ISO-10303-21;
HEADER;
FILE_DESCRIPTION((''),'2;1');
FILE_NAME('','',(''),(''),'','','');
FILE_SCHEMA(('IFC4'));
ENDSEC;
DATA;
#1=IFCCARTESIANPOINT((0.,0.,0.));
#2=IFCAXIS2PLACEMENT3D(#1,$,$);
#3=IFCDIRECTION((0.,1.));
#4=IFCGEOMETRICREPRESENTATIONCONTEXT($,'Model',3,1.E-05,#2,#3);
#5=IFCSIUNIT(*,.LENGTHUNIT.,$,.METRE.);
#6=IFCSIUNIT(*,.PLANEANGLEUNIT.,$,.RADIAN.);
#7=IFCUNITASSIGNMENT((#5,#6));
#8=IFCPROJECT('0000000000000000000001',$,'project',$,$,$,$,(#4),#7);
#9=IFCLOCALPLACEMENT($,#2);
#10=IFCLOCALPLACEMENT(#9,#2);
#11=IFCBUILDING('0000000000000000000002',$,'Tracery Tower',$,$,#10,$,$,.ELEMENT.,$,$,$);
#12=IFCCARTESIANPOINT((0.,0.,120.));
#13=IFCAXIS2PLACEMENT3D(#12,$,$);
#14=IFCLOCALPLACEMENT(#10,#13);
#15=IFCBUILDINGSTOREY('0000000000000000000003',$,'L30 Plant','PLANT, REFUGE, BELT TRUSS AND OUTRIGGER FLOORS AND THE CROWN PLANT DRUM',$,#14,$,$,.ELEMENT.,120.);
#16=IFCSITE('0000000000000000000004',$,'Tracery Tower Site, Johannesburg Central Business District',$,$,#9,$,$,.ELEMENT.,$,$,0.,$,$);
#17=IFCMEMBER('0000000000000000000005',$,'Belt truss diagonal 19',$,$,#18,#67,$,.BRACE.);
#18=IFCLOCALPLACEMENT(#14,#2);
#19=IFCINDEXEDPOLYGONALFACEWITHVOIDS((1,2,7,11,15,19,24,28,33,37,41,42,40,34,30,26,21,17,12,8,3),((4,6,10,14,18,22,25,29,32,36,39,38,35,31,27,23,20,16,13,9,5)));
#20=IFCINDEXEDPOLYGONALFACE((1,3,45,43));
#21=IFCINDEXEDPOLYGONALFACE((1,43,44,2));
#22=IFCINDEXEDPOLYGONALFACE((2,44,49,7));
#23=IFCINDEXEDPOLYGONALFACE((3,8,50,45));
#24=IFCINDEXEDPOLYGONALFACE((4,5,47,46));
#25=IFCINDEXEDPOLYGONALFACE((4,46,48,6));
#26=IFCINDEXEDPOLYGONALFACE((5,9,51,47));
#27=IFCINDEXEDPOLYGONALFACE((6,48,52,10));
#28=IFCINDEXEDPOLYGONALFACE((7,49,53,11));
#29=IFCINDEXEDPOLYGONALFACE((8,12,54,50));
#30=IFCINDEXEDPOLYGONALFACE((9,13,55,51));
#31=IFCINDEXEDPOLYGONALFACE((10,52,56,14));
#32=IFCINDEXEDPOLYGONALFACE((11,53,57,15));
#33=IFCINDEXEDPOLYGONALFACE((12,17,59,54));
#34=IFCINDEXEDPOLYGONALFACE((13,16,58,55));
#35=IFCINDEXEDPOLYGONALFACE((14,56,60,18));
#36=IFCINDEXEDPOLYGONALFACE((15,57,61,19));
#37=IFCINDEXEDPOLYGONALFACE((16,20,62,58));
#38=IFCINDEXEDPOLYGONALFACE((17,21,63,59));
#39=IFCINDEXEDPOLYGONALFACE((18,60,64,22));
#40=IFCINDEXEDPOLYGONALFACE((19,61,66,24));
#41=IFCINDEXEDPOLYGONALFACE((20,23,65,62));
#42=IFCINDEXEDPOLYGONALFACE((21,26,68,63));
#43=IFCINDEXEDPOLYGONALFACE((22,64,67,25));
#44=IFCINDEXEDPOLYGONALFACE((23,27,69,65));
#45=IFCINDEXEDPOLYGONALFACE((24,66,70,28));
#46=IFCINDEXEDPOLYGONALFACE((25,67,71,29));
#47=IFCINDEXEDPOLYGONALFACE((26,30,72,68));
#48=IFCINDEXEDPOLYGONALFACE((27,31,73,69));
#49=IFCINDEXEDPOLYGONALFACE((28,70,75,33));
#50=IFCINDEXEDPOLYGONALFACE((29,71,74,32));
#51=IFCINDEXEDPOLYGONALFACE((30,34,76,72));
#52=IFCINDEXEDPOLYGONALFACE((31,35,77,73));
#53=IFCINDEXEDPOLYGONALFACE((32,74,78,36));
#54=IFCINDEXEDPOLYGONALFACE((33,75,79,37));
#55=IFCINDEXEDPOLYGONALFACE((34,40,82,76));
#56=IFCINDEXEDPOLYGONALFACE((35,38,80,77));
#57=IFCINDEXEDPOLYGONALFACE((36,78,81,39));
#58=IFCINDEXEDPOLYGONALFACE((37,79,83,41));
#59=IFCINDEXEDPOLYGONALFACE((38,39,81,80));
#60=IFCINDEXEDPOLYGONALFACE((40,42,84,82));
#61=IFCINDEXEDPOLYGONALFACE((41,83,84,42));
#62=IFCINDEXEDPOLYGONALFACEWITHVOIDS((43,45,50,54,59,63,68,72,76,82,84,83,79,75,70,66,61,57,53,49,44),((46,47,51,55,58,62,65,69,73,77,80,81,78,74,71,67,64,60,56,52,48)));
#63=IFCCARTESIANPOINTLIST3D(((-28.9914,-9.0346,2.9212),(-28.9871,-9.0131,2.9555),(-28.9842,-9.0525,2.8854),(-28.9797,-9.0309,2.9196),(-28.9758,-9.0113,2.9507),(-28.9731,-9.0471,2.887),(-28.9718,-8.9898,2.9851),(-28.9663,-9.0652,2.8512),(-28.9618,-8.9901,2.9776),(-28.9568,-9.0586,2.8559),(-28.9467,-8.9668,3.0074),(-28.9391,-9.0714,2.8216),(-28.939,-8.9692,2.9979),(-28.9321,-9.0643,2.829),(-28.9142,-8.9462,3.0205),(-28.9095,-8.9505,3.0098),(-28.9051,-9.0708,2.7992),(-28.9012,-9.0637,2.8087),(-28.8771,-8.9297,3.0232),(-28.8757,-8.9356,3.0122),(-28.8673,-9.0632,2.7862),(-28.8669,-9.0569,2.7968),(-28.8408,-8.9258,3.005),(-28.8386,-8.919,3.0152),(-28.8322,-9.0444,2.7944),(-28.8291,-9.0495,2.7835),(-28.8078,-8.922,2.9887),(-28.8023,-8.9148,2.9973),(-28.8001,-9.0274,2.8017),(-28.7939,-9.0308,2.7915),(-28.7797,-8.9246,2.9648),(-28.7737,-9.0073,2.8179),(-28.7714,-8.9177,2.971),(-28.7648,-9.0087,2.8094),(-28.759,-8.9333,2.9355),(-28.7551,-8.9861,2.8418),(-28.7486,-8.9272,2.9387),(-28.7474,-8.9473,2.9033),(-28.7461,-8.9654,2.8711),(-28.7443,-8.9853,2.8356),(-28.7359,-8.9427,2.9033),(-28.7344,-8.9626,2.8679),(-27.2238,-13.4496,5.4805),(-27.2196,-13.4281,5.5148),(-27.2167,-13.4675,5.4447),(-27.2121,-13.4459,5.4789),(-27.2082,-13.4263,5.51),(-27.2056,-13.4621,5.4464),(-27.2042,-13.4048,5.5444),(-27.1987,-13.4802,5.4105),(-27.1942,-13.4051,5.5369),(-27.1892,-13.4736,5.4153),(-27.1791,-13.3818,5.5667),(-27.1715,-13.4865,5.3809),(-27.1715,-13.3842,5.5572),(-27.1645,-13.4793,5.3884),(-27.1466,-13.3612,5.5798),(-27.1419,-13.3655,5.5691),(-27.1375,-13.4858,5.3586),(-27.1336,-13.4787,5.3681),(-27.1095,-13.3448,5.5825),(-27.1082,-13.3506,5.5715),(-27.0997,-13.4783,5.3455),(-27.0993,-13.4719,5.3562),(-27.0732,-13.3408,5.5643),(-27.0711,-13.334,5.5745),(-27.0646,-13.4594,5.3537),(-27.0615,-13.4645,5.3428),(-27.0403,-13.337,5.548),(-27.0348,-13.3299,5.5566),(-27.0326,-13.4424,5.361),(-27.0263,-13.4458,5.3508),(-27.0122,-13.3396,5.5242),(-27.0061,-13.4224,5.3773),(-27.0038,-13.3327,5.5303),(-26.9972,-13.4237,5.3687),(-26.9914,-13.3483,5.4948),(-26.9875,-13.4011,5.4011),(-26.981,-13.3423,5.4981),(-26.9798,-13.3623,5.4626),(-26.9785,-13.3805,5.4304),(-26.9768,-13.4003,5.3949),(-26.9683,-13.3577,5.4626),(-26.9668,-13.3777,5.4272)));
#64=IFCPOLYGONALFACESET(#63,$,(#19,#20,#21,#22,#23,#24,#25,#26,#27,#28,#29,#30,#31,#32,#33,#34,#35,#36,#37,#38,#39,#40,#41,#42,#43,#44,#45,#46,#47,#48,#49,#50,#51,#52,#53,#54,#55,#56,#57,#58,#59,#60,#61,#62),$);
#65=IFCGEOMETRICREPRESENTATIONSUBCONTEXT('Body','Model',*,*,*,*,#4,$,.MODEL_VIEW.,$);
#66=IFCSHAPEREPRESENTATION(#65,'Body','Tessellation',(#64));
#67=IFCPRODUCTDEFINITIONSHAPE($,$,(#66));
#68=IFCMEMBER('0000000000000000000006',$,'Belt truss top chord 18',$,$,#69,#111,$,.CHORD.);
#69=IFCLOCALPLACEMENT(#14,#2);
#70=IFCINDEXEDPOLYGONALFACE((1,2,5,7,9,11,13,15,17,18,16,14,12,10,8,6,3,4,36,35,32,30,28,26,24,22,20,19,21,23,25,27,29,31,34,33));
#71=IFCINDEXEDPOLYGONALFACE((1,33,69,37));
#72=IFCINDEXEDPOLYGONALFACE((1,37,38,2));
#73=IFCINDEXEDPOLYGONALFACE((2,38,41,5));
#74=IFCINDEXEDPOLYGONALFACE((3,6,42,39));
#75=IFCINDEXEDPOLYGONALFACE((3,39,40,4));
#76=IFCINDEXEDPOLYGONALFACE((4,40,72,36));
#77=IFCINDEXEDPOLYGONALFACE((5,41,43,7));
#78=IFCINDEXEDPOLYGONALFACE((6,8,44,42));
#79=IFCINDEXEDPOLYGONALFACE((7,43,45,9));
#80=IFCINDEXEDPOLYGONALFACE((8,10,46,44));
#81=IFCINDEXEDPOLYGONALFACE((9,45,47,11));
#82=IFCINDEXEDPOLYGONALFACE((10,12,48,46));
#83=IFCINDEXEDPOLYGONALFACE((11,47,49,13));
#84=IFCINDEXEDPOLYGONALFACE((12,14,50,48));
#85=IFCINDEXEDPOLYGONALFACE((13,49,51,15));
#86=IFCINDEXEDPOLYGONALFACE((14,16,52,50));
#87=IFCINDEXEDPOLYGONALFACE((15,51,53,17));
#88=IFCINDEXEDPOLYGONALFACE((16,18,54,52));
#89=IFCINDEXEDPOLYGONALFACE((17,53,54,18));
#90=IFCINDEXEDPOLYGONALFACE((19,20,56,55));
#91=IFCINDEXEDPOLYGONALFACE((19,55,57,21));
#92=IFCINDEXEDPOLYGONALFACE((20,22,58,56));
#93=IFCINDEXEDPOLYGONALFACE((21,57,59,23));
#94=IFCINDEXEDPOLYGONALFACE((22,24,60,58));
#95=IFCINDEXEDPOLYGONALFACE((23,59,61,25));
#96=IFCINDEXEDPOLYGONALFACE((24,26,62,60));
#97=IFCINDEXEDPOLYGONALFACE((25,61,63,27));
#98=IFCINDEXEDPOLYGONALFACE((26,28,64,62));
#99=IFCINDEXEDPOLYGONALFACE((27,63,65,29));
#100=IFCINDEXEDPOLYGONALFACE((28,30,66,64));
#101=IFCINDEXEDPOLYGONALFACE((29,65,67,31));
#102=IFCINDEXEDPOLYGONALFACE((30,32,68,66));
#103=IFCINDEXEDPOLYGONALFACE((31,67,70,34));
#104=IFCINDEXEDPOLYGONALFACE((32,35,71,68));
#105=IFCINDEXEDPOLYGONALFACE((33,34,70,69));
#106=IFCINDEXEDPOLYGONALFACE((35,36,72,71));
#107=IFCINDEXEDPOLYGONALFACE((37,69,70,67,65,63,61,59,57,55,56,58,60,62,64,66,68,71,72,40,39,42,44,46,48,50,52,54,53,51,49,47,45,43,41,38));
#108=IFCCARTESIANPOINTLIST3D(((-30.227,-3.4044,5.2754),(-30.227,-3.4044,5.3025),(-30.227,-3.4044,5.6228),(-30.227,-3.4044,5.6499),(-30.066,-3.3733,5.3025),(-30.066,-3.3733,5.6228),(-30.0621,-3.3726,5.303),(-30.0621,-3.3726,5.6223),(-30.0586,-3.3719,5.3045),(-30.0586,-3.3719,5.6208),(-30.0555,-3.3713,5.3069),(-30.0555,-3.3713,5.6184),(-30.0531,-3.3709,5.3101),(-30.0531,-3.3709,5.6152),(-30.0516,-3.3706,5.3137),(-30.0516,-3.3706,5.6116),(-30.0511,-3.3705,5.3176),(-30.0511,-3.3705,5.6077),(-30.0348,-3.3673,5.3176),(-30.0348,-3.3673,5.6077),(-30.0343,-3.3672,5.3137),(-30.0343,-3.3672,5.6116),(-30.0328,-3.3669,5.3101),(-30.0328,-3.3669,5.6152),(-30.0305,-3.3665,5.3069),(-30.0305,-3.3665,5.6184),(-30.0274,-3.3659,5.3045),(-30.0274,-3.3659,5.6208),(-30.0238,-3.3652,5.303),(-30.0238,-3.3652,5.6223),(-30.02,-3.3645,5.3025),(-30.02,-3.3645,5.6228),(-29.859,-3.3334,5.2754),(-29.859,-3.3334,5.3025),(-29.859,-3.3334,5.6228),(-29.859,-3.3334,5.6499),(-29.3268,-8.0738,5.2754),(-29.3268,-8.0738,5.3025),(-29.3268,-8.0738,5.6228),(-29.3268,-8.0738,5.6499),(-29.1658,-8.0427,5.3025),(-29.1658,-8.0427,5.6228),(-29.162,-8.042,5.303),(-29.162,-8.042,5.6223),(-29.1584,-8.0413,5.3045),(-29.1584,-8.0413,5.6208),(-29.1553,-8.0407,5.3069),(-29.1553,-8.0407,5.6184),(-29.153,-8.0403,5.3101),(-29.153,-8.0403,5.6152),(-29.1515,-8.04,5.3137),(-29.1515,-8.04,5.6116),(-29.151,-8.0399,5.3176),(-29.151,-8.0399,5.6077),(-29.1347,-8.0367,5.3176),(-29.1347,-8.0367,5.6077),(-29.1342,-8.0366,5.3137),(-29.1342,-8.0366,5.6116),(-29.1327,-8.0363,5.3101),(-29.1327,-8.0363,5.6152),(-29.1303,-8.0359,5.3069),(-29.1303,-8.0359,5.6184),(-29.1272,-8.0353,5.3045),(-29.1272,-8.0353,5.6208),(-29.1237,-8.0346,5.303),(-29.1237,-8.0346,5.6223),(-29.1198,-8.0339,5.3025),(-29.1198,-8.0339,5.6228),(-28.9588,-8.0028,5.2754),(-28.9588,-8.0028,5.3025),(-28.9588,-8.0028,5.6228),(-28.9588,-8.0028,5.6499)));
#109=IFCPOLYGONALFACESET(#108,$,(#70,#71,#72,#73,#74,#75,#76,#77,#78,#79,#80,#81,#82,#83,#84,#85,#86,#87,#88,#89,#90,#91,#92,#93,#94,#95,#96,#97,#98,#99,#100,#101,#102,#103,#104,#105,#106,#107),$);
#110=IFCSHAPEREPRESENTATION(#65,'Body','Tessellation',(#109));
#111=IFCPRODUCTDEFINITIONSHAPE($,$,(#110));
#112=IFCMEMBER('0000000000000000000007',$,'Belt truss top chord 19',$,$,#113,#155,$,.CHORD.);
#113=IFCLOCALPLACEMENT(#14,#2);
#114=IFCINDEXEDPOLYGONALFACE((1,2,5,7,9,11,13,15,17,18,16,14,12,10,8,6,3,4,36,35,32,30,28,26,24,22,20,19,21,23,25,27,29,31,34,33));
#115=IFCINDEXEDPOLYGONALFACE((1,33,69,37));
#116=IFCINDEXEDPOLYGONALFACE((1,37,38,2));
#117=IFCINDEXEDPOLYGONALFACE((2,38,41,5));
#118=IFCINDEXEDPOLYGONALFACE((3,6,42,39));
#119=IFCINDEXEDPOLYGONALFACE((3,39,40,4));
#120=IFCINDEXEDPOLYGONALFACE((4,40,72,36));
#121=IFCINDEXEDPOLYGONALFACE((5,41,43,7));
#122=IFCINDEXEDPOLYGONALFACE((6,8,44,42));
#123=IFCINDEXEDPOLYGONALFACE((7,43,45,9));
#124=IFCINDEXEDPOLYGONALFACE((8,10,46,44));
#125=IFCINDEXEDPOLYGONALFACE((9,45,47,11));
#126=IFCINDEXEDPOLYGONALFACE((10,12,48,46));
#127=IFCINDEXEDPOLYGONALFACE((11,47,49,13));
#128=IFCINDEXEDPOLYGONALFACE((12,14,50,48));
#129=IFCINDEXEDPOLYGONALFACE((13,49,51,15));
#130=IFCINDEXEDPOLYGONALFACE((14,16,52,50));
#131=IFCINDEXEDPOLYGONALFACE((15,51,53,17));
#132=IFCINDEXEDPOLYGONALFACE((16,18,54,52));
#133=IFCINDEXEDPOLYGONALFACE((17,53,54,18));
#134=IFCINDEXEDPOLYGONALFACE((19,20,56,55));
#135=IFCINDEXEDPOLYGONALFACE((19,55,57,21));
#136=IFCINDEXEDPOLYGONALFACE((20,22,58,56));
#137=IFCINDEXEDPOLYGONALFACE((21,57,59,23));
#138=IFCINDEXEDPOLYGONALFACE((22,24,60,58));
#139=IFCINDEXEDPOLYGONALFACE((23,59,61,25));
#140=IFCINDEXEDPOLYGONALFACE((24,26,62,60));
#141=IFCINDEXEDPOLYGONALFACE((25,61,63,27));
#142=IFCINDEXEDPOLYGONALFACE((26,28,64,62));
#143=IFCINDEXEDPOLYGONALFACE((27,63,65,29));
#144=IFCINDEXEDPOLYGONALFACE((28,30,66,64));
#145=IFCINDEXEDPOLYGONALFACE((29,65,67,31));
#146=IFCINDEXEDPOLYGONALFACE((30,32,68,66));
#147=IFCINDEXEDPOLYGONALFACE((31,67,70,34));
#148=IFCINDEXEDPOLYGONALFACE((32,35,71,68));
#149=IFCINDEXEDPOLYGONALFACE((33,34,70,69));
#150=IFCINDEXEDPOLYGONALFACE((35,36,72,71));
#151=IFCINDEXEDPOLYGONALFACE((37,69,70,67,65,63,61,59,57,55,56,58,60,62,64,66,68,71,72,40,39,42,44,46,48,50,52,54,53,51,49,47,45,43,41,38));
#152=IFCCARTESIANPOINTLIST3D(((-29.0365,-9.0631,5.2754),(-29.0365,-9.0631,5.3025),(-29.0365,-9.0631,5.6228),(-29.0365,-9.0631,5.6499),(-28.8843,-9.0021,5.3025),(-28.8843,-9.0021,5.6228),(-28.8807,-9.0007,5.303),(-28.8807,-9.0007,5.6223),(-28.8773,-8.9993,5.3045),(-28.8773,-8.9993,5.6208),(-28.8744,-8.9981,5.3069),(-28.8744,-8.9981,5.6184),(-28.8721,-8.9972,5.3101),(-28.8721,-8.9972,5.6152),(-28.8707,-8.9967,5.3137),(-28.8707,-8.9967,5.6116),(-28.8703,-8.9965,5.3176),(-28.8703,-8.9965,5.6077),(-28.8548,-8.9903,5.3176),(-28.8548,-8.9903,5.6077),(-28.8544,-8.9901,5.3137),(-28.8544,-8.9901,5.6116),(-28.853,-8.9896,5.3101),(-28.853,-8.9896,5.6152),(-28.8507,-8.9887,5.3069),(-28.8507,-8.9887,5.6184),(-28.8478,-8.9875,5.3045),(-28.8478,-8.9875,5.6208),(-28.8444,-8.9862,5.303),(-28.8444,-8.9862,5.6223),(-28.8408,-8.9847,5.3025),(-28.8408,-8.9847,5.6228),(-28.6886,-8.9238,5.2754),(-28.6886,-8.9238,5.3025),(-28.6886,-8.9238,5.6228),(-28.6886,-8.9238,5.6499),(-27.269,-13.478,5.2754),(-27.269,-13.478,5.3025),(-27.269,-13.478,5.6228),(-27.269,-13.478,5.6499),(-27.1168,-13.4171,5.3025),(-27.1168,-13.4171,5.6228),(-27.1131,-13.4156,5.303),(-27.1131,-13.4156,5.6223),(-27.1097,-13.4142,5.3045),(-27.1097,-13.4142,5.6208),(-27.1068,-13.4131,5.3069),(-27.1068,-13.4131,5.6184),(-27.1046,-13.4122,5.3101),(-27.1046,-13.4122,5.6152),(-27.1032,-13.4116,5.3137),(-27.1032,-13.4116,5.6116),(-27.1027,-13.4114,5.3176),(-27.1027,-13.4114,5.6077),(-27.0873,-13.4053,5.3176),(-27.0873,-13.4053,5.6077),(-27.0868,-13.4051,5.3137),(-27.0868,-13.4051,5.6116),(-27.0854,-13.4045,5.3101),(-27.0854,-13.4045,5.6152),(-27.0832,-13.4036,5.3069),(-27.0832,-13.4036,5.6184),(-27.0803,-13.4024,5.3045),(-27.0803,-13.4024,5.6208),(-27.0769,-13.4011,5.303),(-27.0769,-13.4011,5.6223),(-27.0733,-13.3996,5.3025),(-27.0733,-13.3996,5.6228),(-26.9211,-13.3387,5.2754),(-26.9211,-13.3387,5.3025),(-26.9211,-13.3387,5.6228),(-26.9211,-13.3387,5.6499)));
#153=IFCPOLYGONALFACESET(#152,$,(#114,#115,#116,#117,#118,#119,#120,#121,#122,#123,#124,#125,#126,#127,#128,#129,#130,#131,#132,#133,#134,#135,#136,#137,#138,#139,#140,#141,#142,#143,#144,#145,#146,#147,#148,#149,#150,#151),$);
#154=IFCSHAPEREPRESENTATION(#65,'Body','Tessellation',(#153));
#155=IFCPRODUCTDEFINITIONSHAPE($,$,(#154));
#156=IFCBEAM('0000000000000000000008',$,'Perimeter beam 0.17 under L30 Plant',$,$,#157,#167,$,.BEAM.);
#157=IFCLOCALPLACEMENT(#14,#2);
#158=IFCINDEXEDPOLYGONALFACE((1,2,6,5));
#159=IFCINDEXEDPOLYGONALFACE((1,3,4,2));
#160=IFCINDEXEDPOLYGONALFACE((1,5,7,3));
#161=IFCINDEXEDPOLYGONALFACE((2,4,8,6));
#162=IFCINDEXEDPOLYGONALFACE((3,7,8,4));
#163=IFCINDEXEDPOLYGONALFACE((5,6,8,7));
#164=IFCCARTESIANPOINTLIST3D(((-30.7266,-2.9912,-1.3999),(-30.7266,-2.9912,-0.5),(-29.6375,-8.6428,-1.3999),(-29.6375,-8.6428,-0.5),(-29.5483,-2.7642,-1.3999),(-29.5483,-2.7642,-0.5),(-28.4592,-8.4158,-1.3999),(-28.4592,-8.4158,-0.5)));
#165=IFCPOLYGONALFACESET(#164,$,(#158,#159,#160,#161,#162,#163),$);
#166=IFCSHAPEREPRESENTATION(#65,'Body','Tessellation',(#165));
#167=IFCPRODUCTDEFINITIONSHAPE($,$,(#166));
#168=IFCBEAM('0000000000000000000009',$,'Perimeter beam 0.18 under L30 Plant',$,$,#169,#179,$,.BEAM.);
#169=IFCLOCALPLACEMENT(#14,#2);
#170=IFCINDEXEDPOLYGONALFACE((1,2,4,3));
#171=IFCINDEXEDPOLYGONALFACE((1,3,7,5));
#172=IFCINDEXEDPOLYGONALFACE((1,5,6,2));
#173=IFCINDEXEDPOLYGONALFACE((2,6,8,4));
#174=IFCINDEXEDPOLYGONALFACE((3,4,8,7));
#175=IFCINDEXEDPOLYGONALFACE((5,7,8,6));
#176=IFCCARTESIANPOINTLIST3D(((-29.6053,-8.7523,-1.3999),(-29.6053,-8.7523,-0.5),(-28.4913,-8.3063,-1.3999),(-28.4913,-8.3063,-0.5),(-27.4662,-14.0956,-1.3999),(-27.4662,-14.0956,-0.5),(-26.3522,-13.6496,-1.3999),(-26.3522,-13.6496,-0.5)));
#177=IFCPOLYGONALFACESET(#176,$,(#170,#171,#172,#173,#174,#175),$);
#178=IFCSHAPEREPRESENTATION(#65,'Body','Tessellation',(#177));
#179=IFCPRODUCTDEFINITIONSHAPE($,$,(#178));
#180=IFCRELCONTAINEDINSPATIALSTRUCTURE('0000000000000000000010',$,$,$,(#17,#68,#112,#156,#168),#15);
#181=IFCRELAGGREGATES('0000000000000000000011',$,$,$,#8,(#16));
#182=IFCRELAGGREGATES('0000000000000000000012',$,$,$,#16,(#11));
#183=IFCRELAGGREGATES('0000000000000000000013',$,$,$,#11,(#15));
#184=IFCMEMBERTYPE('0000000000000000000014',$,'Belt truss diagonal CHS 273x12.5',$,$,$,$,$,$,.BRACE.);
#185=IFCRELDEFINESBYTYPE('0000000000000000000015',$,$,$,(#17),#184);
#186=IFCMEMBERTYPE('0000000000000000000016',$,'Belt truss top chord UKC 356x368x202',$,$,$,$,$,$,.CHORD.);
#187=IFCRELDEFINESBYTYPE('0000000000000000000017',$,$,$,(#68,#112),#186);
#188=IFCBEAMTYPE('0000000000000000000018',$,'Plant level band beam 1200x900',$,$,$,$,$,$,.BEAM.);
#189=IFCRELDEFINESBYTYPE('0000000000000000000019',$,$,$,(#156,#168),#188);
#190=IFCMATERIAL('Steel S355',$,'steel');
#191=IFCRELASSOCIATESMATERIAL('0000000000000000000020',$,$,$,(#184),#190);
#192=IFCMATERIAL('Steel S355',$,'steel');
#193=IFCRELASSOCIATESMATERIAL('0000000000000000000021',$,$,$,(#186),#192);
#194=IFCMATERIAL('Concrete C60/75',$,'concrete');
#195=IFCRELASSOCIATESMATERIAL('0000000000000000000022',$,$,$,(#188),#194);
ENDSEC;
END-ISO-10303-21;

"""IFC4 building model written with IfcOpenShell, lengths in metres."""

from ifc_helpers import new_model, si_unit, direction, frame, origin, origin_2d, place, context, subcontext, project, spatial, rectangle, hollow_circle, i_section, extrude, material, material_profile, profile_set, type_object, element, save


model = new_model("IFC4")

# Units and contexts
model_context = context("Model", 3, precision=1e-05, world=origin(), true_north=direction((0.0, 1.0)))
body_context = subcontext(model_context, "Body", "Model", "MODEL_VIEW")
ifc_project = project(units=[si_unit("LENGTHUNIT", "METRE"), si_unit("PLANEANGLEUNIT", "RADIAN")], contexts=[model_context])

# Site, building, storey
site_placement = place(None, origin())
site = spatial("IfcSite", under=ifc_project, at=site_placement, Name="Tracery Tower Site, Johannesburg Central Business District", CompositionType="ELEMENT", RefElevation=0.0)
building_placement = place(site_placement, origin())
building = spatial("IfcBuilding", under=site, at=building_placement, Name="Tracery Tower", CompositionType="ELEMENT")
storey_placement = place(building_placement, frame((0.0, 0.0, 120.0)))
storey = spatial("IfcBuildingStorey", under=building, at=storey_placement, Name="L30 Plant", Description="PLANT, REFUGE, BELT TRUSS AND OUTRIGGER FLOORS AND THE CROWN PLANT DRUM", CompositionType="ELEMENT", Elevation=120.0)

# Members
ifc_material_1 = material(Name="Steel S355", Category="steel")
ifc_material_profile_1 = material_profile(ifc_material_1, hollow_circle(Radius=0.1365, WallThickness=0.0125, at=origin_2d()), Name="CHS 273x12.5")
ifc_profile_set_1 = profile_set([ifc_material_profile_1], Name="Steel S355")
member_type_1 = type_object("IfcMemberType", Name="Belt truss diagonal CHS 273x12.5", PredefinedType="BRACE", material=ifc_profile_set_1)
member_1_placement = place(storey_placement, frame((-28.8625, -8.9934, 2.9033), z_axis=(0.32729, -0.817501, 0.473892), x_axis=(0.928363, 0.371674, 0.0)))
element("IfcMember", 1, at=member_1_placement, inside=storey, type_object=member_type_1, Name="Belt truss diagonal 19", PredefinedType="BRACE", context=body_context, shape_type="SweptSolid", body=[
    extrude(hollow_circle(Radius=0.1365, WallThickness=0.0125, at=origin_2d()), origin(), (0.0, 0.0, 1.0), 5.4006),
])
ifc_material_2 = material(Name="Steel S355", Category="steel")
ifc_material_profile_2 = material_profile(ifc_material_2, i_section(OverallWidth=0.3748, OverallDepth=0.3745, WebThickness=0.0166, FlangeThickness=0.0271, FilletRadius=0.0151, at=origin_2d()), Name="UKC 356x368x202")
ifc_profile_set_2 = profile_set([ifc_material_profile_2], Name="Steel S355")
member_type_2 = type_object("IfcMemberType", Name="Belt truss top chord UKC 356x368x202", PredefinedType="CHORD", material=ifc_profile_set_2)
member_2_placement = place(storey_placement, frame((-30.043, -3.3689, 5.4626), z_axis=(0.189289, -0.981921, 0.0), x_axis=(0.981921, 0.189289, 0.0)))
element("IfcMember", 2, at=member_2_placement, inside=storey, type_object=member_type_2, Name="Belt truss top chord 18", PredefinedType="CHORD", context=body_context, shape_type="SweptSolid", body=[
    extrude(i_section(OverallWidth=0.3748, OverallDepth=0.3745, WebThickness=0.0166, FlangeThickness=0.0271, FilletRadius=0.0151, at=origin_2d()), origin(), (0.0, 0.0, 1.0), 4.7554),
])
member_3_placement = place(storey_placement, frame((-28.8625, -8.9934, 5.4626), z_axis=(0.371674, -0.928363, 0.0), x_axis=(0.928363, 0.371674, 0.0)))
element("IfcMember", 3, at=member_3_placement, inside=storey, type_object=member_type_2, Name="Belt truss top chord 19", PredefinedType="CHORD", context=body_context, shape_type="SweptSolid", body=[
    extrude(i_section(OverallWidth=0.3748, OverallDepth=0.3745, WebThickness=0.0166, FlangeThickness=0.0271, FilletRadius=0.0151, at=origin_2d()), origin(), (0.0, 0.0, 1.0), 4.7556),
])

# Beams
ifc_material_3 = material(Name="Concrete C60/75", Category="concrete")
ifc_material_profile_3 = material_profile(ifc_material_3, rectangle(XDim=1.2, YDim=0.8999, at=origin_2d()), Name="RC 1200x900")
ifc_profile_set_3 = profile_set([ifc_material_profile_3], Name="Concrete C60/75")
beam_type = type_object("IfcBeamType", Name="Plant level band beam 1200x900", PredefinedType="BEAM", material=ifc_profile_set_3)
for number, where, z_axis, x_axis, name in (
    (4, (-30.1375, -2.8777, -0.95), (0.189227, -0.981933, 0.0), (0.981933, 0.189227, 0.0), "Perimeter beam 0.17 under L30 Plant"),
    (5, (-29.0483, -8.5293, -0.95), (0.371669, -0.928365, 0.0), (0.928365, 0.371669, 0.0), "Perimeter beam 0.18 under L30 Plant"),
):
    element("IfcBeam", number, at=place(storey_placement, frame(where, z_axis=z_axis, x_axis=x_axis)), inside=storey, type_object=beam_type, Name=name, PredefinedType="BEAM", context=body_context, shape_type="SweptSolid", body=[
        extrude(rectangle(XDim=1.2, YDim=0.8999, at=origin_2d()), origin(), (0.0, 0.0, 1.0), 5.7556),
    ])

save(model, "model.ifc")
